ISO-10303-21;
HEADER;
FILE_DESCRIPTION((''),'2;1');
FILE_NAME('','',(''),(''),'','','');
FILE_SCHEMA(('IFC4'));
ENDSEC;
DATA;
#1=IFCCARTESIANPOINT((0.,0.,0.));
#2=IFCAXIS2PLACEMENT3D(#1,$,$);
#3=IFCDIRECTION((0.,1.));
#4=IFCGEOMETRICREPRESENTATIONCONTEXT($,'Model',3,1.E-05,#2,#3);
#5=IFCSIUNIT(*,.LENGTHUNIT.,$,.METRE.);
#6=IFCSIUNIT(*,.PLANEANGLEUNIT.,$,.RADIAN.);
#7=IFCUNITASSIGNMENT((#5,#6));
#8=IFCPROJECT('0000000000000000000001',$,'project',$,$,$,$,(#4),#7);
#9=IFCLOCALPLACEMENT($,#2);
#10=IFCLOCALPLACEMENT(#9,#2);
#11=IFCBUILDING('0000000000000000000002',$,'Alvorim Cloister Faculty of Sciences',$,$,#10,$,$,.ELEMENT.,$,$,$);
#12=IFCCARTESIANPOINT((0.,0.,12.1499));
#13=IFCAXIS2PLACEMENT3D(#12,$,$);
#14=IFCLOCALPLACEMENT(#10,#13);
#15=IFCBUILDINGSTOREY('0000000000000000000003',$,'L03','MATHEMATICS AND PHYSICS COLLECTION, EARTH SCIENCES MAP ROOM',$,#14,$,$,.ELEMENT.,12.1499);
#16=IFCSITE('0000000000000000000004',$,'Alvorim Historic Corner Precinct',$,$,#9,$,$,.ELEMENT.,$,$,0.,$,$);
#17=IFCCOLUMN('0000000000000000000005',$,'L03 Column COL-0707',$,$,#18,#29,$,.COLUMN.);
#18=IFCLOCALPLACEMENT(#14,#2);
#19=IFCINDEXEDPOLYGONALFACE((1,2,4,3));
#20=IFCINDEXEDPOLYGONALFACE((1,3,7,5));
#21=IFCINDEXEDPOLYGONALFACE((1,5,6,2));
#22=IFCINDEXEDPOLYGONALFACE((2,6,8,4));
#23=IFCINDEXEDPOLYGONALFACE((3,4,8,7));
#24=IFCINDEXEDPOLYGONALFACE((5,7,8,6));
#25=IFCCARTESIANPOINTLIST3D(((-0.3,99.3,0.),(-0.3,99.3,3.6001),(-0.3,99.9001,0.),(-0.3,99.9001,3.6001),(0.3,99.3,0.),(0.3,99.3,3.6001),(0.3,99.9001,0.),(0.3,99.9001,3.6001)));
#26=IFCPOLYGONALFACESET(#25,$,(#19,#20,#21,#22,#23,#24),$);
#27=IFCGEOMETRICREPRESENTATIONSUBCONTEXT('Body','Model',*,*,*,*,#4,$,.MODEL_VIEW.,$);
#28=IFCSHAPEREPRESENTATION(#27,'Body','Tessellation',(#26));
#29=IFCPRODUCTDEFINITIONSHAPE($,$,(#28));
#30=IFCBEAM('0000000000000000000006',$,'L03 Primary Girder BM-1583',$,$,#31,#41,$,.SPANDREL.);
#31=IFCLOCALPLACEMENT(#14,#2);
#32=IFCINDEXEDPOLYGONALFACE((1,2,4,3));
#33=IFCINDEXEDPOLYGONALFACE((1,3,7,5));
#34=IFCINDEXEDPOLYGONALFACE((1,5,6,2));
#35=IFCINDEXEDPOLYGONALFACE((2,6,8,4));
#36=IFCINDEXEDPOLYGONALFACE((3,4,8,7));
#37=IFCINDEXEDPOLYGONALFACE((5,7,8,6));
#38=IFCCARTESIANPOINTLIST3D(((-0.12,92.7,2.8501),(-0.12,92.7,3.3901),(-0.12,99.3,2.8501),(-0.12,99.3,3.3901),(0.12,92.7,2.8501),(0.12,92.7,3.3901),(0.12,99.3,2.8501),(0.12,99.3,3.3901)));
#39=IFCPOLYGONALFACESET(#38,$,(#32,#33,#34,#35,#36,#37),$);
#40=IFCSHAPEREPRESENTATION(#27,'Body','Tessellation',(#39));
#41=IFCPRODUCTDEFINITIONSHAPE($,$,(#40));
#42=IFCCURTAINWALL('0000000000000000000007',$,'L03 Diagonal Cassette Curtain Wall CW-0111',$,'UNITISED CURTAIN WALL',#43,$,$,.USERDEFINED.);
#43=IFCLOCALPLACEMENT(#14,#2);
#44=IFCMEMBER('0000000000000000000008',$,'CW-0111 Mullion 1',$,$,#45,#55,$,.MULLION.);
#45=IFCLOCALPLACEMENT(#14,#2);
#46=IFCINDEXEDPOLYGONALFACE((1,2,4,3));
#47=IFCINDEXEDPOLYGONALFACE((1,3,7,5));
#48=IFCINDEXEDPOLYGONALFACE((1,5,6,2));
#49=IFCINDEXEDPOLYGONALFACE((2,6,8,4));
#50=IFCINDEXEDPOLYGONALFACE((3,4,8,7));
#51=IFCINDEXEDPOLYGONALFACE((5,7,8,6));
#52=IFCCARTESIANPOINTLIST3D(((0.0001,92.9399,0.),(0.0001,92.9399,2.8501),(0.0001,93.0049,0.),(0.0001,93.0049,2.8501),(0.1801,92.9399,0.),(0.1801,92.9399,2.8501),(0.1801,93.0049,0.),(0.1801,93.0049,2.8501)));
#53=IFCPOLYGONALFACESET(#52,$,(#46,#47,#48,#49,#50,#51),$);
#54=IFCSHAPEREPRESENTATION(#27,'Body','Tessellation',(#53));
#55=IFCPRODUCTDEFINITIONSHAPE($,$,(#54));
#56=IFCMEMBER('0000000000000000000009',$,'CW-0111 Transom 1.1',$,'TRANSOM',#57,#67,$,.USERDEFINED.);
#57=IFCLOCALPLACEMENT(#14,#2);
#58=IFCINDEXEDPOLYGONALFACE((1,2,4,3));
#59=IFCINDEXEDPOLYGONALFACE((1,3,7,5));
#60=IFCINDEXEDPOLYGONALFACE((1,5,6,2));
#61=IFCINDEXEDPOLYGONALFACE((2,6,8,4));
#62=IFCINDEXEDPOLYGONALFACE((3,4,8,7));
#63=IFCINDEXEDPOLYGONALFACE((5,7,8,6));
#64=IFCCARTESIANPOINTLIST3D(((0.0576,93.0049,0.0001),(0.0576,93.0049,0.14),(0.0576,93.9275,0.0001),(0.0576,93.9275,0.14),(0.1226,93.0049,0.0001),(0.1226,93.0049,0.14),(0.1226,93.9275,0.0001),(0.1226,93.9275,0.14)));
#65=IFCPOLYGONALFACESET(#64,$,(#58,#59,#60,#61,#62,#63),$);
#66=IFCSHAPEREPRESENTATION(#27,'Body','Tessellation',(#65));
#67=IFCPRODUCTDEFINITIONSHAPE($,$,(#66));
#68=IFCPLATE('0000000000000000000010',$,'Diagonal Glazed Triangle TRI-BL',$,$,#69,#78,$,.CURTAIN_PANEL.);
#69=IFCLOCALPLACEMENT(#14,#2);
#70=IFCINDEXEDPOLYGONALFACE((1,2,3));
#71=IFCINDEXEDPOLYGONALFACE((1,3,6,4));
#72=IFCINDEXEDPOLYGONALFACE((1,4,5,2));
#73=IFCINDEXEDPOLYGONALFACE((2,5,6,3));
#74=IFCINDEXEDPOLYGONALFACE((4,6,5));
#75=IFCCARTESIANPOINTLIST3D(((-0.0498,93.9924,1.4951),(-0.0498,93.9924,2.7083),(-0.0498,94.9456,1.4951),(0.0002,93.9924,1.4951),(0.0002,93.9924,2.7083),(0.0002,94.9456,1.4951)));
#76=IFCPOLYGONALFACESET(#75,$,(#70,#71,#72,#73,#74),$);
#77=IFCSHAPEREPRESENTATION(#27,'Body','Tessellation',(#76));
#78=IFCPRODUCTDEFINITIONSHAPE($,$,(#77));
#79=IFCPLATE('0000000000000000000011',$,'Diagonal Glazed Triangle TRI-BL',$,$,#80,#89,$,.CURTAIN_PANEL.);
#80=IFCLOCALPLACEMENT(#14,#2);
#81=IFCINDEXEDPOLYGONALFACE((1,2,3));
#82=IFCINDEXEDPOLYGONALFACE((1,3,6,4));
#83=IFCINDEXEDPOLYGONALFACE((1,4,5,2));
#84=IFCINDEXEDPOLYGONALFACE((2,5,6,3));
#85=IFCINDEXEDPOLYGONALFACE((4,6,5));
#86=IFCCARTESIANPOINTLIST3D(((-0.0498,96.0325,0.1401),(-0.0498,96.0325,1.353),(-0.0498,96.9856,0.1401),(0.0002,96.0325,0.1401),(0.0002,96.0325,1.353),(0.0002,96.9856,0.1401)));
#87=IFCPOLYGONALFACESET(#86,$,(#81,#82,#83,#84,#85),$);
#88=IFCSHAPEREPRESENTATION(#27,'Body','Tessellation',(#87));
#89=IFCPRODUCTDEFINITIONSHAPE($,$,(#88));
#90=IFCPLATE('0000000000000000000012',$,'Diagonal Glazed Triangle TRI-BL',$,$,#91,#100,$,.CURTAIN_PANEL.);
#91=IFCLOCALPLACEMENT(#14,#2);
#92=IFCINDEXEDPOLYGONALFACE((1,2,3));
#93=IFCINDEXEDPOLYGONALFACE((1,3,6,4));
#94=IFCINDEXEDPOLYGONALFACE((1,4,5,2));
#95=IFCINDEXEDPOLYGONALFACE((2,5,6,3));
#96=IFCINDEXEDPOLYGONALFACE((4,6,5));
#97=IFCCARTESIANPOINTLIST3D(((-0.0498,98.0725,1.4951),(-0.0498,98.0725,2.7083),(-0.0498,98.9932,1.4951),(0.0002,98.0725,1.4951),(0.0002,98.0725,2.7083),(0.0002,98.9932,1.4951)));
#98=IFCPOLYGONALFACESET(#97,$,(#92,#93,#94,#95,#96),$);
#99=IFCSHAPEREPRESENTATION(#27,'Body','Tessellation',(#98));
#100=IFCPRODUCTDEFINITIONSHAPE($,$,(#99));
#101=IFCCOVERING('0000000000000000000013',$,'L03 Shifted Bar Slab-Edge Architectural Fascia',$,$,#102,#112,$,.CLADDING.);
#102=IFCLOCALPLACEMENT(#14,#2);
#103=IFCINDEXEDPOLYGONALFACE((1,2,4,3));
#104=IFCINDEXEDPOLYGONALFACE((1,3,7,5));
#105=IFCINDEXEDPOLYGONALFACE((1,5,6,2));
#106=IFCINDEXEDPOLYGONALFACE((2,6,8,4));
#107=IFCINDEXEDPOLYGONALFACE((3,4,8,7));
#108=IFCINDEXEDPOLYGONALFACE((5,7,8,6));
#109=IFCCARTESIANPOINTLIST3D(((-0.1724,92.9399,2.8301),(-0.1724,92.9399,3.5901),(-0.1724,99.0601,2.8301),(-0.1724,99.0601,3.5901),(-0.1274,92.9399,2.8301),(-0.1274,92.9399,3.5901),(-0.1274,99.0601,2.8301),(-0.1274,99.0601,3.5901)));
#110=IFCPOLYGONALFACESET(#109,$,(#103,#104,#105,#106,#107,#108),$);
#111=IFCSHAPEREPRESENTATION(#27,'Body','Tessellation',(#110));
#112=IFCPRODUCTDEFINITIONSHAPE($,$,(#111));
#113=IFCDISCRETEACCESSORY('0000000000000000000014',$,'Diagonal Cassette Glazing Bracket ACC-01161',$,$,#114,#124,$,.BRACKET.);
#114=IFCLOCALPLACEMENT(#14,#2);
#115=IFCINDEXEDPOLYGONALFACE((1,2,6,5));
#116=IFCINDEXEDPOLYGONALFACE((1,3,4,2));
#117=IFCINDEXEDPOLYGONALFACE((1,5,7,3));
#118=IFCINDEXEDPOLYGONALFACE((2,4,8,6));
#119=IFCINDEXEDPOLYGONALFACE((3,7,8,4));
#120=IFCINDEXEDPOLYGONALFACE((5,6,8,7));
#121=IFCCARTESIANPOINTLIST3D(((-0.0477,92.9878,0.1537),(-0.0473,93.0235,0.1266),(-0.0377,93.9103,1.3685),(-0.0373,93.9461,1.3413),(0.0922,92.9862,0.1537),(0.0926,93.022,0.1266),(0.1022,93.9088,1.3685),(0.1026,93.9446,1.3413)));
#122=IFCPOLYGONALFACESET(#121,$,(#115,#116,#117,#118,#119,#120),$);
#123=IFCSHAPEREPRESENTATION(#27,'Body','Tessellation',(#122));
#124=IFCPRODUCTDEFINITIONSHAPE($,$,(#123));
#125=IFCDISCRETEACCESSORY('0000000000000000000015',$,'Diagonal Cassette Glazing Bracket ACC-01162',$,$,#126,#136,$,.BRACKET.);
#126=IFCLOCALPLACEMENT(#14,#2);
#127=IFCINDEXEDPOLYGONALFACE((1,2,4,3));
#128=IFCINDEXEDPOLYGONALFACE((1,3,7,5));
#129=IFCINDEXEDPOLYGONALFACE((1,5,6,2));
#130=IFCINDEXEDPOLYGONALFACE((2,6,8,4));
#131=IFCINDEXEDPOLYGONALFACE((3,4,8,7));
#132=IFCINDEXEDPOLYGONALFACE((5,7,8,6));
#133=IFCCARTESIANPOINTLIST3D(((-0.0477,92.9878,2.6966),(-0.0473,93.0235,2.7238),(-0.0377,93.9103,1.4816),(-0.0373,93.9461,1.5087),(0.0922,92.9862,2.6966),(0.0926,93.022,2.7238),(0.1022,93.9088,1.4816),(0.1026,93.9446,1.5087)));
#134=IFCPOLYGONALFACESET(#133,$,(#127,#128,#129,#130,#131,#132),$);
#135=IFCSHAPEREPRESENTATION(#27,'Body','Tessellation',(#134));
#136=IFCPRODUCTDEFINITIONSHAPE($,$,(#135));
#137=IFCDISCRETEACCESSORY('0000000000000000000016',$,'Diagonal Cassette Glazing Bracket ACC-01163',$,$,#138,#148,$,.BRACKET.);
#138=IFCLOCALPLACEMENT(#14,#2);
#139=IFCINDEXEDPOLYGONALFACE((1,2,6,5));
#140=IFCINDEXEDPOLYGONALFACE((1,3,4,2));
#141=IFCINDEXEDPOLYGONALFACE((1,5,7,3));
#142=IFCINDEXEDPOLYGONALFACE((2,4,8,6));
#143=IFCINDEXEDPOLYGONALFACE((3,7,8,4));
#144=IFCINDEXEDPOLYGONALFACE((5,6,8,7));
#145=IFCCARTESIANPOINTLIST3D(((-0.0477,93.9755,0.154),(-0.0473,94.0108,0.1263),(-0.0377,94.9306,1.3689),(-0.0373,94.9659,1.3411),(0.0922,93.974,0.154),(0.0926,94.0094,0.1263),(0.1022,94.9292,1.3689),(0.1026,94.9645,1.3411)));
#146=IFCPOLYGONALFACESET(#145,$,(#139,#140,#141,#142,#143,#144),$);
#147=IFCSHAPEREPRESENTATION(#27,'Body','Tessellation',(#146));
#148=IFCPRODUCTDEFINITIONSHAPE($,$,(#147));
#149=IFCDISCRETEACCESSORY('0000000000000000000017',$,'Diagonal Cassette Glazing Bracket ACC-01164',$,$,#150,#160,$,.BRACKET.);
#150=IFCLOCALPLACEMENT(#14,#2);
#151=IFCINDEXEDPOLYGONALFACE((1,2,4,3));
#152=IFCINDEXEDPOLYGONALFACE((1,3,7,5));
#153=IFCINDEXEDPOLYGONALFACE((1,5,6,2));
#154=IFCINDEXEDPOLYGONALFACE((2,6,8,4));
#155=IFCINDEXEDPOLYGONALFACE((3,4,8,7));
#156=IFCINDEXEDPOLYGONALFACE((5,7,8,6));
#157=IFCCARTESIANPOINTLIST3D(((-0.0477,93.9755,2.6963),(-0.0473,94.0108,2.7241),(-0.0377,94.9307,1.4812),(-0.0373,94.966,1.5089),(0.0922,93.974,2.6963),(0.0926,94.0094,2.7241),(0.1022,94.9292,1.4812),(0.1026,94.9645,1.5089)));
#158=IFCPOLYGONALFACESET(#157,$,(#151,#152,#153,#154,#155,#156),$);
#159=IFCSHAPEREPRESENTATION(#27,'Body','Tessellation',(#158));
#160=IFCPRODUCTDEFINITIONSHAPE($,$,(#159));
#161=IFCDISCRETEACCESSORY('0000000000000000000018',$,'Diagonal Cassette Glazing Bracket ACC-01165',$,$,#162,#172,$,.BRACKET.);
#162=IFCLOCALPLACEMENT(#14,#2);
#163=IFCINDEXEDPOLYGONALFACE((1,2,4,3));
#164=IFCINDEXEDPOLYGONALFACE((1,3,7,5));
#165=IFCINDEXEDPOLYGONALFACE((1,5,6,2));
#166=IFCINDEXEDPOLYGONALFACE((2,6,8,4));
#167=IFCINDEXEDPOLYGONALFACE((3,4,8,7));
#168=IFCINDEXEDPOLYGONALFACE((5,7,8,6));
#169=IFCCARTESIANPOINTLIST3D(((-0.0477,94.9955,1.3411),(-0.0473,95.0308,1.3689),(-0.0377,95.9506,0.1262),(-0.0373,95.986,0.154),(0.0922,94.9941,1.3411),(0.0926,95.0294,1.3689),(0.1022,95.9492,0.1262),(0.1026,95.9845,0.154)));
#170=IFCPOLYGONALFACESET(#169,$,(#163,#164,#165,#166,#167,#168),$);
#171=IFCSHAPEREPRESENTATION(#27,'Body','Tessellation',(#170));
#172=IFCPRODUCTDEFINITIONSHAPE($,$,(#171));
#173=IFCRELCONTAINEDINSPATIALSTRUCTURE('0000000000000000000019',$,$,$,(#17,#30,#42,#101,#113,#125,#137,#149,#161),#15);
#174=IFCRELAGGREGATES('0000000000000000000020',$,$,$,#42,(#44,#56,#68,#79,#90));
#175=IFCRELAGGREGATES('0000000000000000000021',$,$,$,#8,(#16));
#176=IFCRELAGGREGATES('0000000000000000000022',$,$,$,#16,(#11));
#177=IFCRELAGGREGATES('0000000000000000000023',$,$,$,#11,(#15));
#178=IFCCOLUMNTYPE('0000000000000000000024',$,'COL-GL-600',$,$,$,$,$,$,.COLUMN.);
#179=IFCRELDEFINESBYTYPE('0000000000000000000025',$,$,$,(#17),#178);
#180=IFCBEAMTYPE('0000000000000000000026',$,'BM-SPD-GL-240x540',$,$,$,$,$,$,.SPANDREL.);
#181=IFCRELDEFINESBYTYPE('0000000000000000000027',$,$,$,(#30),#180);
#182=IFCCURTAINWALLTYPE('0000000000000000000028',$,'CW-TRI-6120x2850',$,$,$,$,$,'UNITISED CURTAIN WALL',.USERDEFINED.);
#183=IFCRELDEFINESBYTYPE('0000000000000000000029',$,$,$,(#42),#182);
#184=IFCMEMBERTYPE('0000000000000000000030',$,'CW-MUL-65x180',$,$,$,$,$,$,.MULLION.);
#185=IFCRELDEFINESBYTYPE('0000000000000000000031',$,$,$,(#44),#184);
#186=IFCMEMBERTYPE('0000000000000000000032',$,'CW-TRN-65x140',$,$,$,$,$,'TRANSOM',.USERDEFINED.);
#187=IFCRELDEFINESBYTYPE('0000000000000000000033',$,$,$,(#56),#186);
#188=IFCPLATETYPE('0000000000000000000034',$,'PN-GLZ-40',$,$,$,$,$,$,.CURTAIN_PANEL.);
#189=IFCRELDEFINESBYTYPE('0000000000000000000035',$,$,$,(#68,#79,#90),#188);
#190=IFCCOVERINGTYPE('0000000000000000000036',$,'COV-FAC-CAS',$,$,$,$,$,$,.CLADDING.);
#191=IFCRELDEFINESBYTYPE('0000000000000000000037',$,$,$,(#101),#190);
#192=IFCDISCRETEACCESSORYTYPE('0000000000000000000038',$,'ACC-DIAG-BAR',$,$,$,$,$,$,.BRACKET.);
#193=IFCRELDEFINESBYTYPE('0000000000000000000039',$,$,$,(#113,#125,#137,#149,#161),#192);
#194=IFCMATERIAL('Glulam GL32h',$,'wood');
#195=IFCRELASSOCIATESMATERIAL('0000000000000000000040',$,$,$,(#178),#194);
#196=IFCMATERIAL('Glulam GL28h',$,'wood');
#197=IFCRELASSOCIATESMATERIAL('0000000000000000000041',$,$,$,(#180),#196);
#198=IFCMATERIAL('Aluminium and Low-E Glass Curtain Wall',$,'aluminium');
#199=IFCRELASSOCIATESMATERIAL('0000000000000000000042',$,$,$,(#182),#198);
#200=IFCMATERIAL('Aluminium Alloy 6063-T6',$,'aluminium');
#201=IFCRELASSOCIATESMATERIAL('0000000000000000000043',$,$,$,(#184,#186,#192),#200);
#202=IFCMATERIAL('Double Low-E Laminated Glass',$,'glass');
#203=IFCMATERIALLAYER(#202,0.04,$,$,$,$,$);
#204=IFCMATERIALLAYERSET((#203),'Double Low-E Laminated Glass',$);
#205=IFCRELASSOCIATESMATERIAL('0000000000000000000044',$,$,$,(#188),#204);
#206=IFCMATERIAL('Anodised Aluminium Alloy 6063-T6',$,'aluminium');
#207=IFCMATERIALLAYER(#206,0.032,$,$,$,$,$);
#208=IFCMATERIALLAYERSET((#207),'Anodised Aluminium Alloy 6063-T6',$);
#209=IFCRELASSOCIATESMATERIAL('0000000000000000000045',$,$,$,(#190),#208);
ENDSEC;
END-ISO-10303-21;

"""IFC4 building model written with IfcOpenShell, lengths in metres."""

from ifc_helpers import new_model, si_unit, direction, frame, origin, origin_2d, place, context, subcontext, project, spatial, polyline, rectangle, outline, extrude, material, layer, layer_set, material_profile, profile_set, type_object, element, aggregate, save


model = new_model("IFC4")

# Units and contexts
model_context = context("Model", 3, precision=1e-05, world=origin(), true_north=direction((0.0, 1.0)))
body_context = subcontext(model_context, "Body", "Model", "MODEL_VIEW")
ifc_project = project(units=[si_unit("LENGTHUNIT", "METRE"), si_unit("PLANEANGLEUNIT", "RADIAN")], contexts=[model_context])

# Site, building, storey
site_placement = place(None, origin())
site = spatial("IfcSite", under=ifc_project, at=site_placement, Name="Alvorim Historic Corner Precinct", CompositionType="ELEMENT", RefElevation=0.0)
building_placement = place(site_placement, origin())
building = spatial("IfcBuilding", under=site, at=building_placement, Name="Alvorim Cloister Faculty of Sciences", CompositionType="ELEMENT")
storey_placement = place(building_placement, frame((0.0, 0.0, 12.1499)))
storey = spatial("IfcBuildingStorey", under=building, at=storey_placement, Name="L03", Description="MATHEMATICS AND PHYSICS COLLECTION, EARTH SCIENCES MAP ROOM", CompositionType="ELEMENT", Elevation=12.1499)

# Column
ifc_material_1 = material(Name="Glulam GL32h", Category="wood")
ifc_material_profile_1 = material_profile(ifc_material_1, rectangle(XDim=0.6001, YDim=0.6001, at=origin_2d()), Name="GL32-COL-600x600")
ifc_profile_set_1 = profile_set([ifc_material_profile_1], Name="Glulam GL32h")
column_type = type_object("IfcColumnType", Name="COL-GL-600", PredefinedType="COLUMN", material=ifc_profile_set_1)
column_placement = place(storey_placement, frame((0.0, 99.6001, 0.0), z_axis=(0.0, 0.0, 1.0), x_axis=(1.0, 0.0, 0.0)))
element("IfcColumn", 1, at=column_placement, inside=storey, type_object=column_type, Name="L03 Column COL-0707", PredefinedType="COLUMN", context=body_context, shape_type="SweptSolid", body=[
    extrude(rectangle(XDim=0.6001, YDim=0.6001, at=origin_2d()), origin(), (0.0, 0.0, 1.0), 3.6001),
])

# Beam
ifc_material_2 = material(Name="Glulam GL28h", Category="wood")
ifc_material_profile_2 = material_profile(ifc_material_2, rectangle(XDim=0.24, YDim=0.54, at=origin_2d()), Name="GL28-SPD-240x540")
ifc_profile_set_2 = profile_set([ifc_material_profile_2], Name="Glulam GL28h")
beam_type = type_object("IfcBeamType", Name="BM-SPD-GL-240x540", PredefinedType="SPANDREL", material=ifc_profile_set_2)
beam_placement = place(storey_placement, frame((0.0, 92.7, 3.1201), z_axis=(0.0, 1.0, 0.0), x_axis=(-1.0, 0.0, 0.0)))
element("IfcBeam", 2, at=beam_placement, inside=storey, type_object=beam_type, Name="L03 Primary Girder BM-1583", PredefinedType="SPANDREL", context=body_context, shape_type="SweptSolid", body=[
    extrude(rectangle(XDim=0.24, YDim=0.54, at=origin_2d()), origin(), (0.0, 0.0, 1.0), 6.6001),
])

# Curtain wall, members, plates
ifc_material_3 = material(Name="Aluminium and Low-E Glass Curtain Wall", Category="aluminium")
curtain_wall_type = type_object("IfcCurtainWallType", Name="CW-TRI-6120x2850", ElementType="UNITISED CURTAIN WALL", PredefinedType="USERDEFINED", material=ifc_material_3)
curtain_wall_placement = place(storey_placement, origin())
curtain_wall = element("IfcCurtainWall", 3, at=curtain_wall_placement, inside=storey, type_object=curtain_wall_type, Name="L03 Diagonal Cassette Curtain Wall CW-0111", ObjectType="UNITISED CURTAIN WALL", PredefinedType="USERDEFINED")
ifc_material_4 = material(Name="Aluminium Alloy 6063-T6", Category="aluminium")
ifc_material_profile_3 = material_profile(ifc_material_4, rectangle(XDim=0.0649, YDim=0.1799, at=origin_2d()), Name="ALU-MUL-65x180")
ifc_profile_set_3 = profile_set([ifc_material_profile_3], Name="Aluminium Alloy 6063-T6")
member_type_1 = type_object("IfcMemberType", Name="CW-MUL-65x180", PredefinedType="MULLION", material=ifc_profile_set_3)
member_1_placement = place(storey_placement, frame((0.0901, 92.9724, 0.0), z_axis=(0.0, 0.0, 1.0), x_axis=(0.0, 1.0, 0.0)))
member_1 = element("IfcMember", 4, at=member_1_placement, type_object=member_type_1, Name="CW-0111 Mullion 1", PredefinedType="MULLION", context=body_context, shape_type="SweptSolid", body=[
    extrude(rectangle(XDim=0.0649, YDim=0.1799, at=origin_2d()), origin(), (0.0, 0.0, 1.0), 2.8501),
])
ifc_material_profile_4 = material_profile(ifc_material_4, rectangle(XDim=0.0649, YDim=0.1399, at=origin_2d()), Name="ALU-TRN-65x140")
ifc_profile_set_4 = profile_set([ifc_material_profile_4], Name="Aluminium Alloy 6063-T6")
member_type_2 = type_object("IfcMemberType", Name="CW-TRN-65x140", ElementType="TRANSOM", PredefinedType="USERDEFINED", material=ifc_profile_set_4)
member_2_placement = place(storey_placement, frame((0.0901, 93.0049, 0.0701), z_axis=(0.0, 1.0, 0.0), x_axis=(-1.0, 0.0, 0.0)))
member_2 = element("IfcMember", 5, at=member_2_placement, type_object=member_type_2, Name="CW-0111 Transom 1.1", ObjectType="TRANSOM", PredefinedType="USERDEFINED", context=body_context, shape_type="SweptSolid", body=[
    extrude(rectangle(XDim=0.0649, YDim=0.1399, at=origin_2d()), origin(), (0.0, 0.0, 1.0), 0.9226),
])
ifc_material_5 = material(Name="Double Low-E Laminated Glass", Category="glass")
ifc_layer_1 = layer(ifc_material_5, 0.04)
ifc_layer_set_1 = layer_set([ifc_layer_1], Name="Double Low-E Laminated Glass")
plate_type = type_object("IfcPlateType", Name="PN-GLZ-40", PredefinedType="CURTAIN_PANEL", material=ifc_layer_set_1)
plate_1_placement = place(storey_placement, frame((-0.0249, 93.9924, 1.4951), z_axis=(0.0, 0.0, 1.0), x_axis=(0.0, 1.0, 0.0)))
plate_1 = element("IfcPlate", 6, at=plate_1_placement, type_object=plate_type, Name="Diagonal Glazed Triangle TRI-BL", PredefinedType="CURTAIN_PANEL", context=body_context, shape_type="SweptSolid", body=[
    extrude(outline(polyline([(0.0, 0.0), (0.9531, 0.0), (0.0, 1.2131), (0.0, 0.0)])), frame((0.0, 0.0249, 0.0), z_axis=(0.0, -1.0, 0.0), x_axis=(1.0, 0.0, 0.0)), (0.0, 0.0, 1.0), 0.05),
])
plate_2_placement = place(storey_placement, frame((-0.0249, 96.0325, 0.1401), z_axis=(0.0, 0.0, 1.0), x_axis=(0.0, 1.0, 0.0)))
plate_2 = element("IfcPlate", 7, at=plate_2_placement, type_object=plate_type, Name="Diagonal Glazed Triangle TRI-BL", PredefinedType="CURTAIN_PANEL", context=body_context, shape_type="SweptSolid", body=[
    extrude(outline(polyline([(0.0, 0.0), (0.9531, 0.0), (0.0, 1.2129), (0.0, 0.0)])), frame((0.0, 0.0249, 0.0), z_axis=(0.0, -1.0, 0.0), x_axis=(1.0, 0.0, 0.0)), (0.0, 0.0, 1.0), 0.05),
])
plate_3_placement = place(storey_placement, frame((-0.0249, 98.0725, 1.4951), z_axis=(0.0, 0.0, 1.0), x_axis=(0.0, 1.0, 0.0)))
plate_3 = element("IfcPlate", 8, at=plate_3_placement, type_object=plate_type, Name="Diagonal Glazed Triangle TRI-BL", PredefinedType="CURTAIN_PANEL", context=body_context, shape_type="SweptSolid", body=[
    extrude(outline(polyline([(0.0, 0.0), (0.9207, 0.0), (0.0, 1.2131), (0.0, 0.0)])), frame((0.0, 0.0249, 0.0), z_axis=(0.0, -1.0, 0.0), x_axis=(1.0, 0.0, 0.0)), (0.0, 0.0, 1.0), 0.05),
])
aggregate(curtain_wall, [member_1, member_2, plate_1, plate_2, plate_3])

# Covering
ifc_material_6 = material(Name="Anodised Aluminium Alloy 6063-T6", Category="aluminium")
ifc_layer_2 = layer(ifc_material_6, 0.032)
ifc_layer_set_2 = layer_set([ifc_layer_2], Name="Anodised Aluminium Alloy 6063-T6")
covering_type = type_object("IfcCoveringType", Name="COV-FAC-CAS", PredefinedType="CLADDING", material=ifc_layer_set_2)
covering_placement = place(storey_placement, frame((-0.1499, 92.9399, 2.8301), z_axis=(0.0, 0.0, 1.0), x_axis=(0.0, 1.0, 0.0)))
element("IfcCovering", 9, at=covering_placement, inside=storey, type_object=covering_type, Name="L03 Shifted Bar Slab-Edge Architectural Fascia", PredefinedType="CLADDING", context=body_context, shape_type="SweptSolid", body=[
    extrude(outline(polyline([(0.0, 0.0), (6.1201, 0.0), (6.1201, 0.76), (0.0, 0.76), (0.0, 0.0)])), frame((0.0, 0.0225, 0.0), z_axis=(0.0, -1.0, 0.0), x_axis=(1.0, 0.0, 0.0)), (0.0, 0.0, 1.0), 0.0449),
])

# Discrete accessories
discrete_accessory_type = type_object("IfcDiscreteAccessoryType", Name="ACC-DIAG-BAR", PredefinedType="BRACKET", material=ifc_material_4)
discrete_accessory_1_placement = place(storey_placement, frame((0.0225, 93.0049, 0.1401), z_axis=(0.006562, 0.60479, 0.796358), x_axis=(-0.999941, 0.010849, 0.0)))
element("IfcDiscreteAccessory", 10, at=discrete_accessory_1_placement, inside=storey, type_object=discrete_accessory_type, Name="Diagonal Cassette Glazing Bracket ACC-01161", PredefinedType="BRACKET", context=body_context, shape_type="SweptSolid", body=[
    extrude(rectangle(XDim=0.1399, YDim=0.0449, at=origin_2d()), origin(), (0.0, 0.0, 1.0), 1.5254),
])
discrete_accessory_2_placement = place(storey_placement, frame((0.0225, 93.0049, 2.7102), z_axis=(0.006561, 0.604713, -0.796416), x_axis=(-0.999941, 0.010849, 0.0)))
element("IfcDiscreteAccessory", 11, at=discrete_accessory_2_placement, inside=storey, type_object=discrete_accessory_type, Name="Diagonal Cassette Glazing Bracket ACC-01162", PredefinedType="BRACKET", context=body_context, shape_type="SweptSolid", body=[
    extrude(rectangle(XDim=0.1399, YDim=0.0449, at=origin_2d()), origin(), (0.0, 0.0, 1.0), 1.5256),
])
discrete_accessory_3_placement = place(storey_placement, frame((0.0225, 93.9924, 0.1401), z_axis=(0.006477, 0.618032, 0.786126), x_axis=(-0.999945, 0.01048, 0.0)))
element("IfcDiscreteAccessory", 12, at=discrete_accessory_3_placement, inside=storey, type_object=discrete_accessory_type, Name="Diagonal Cassette Glazing Bracket ACC-01163", PredefinedType="BRACKET", context=body_context, shape_type="SweptSolid", body=[
    extrude(rectangle(XDim=0.1399, YDim=0.0449, at=origin_2d()), origin(), (0.0, 0.0, 1.0), 1.5454),
])
discrete_accessory_4_placement = place(storey_placement, frame((0.0225, 93.9924, 2.7102), z_axis=(0.006477, 0.617955, -0.786187), x_axis=(-0.999945, 0.01048, 0.0)))
element("IfcDiscreteAccessory", 13, at=discrete_accessory_4_placement, inside=storey, type_object=discrete_accessory_type, Name="Diagonal Cassette Glazing Bracket ACC-01164", PredefinedType="BRACKET", context=body_context, shape_type="SweptSolid", body=[
    extrude(rectangle(XDim=0.1399, YDim=0.0449, at=origin_2d()), origin(), (0.0, 0.0, 1.0), 1.5457),
])
discrete_accessory_5_placement = place(storey_placement, frame((0.0225, 95.0125, 1.355), z_axis=(0.006477, 0.618032, -0.786126), x_axis=(-0.999945, 0.01048, 0.0)))
element("IfcDiscreteAccessory", 14, at=discrete_accessory_5_placement, inside=storey, type_object=discrete_accessory_type, Name="Diagonal Cassette Glazing Bracket ACC-01165", PredefinedType="BRACKET", context=body_context, shape_type="SweptSolid", body=[
    extrude(rectangle(XDim=0.1399, YDim=0.0449, at=origin_2d()), origin(), (0.0, 0.0, 1.0), 1.5454),
])

save(model, "model.ifc")
